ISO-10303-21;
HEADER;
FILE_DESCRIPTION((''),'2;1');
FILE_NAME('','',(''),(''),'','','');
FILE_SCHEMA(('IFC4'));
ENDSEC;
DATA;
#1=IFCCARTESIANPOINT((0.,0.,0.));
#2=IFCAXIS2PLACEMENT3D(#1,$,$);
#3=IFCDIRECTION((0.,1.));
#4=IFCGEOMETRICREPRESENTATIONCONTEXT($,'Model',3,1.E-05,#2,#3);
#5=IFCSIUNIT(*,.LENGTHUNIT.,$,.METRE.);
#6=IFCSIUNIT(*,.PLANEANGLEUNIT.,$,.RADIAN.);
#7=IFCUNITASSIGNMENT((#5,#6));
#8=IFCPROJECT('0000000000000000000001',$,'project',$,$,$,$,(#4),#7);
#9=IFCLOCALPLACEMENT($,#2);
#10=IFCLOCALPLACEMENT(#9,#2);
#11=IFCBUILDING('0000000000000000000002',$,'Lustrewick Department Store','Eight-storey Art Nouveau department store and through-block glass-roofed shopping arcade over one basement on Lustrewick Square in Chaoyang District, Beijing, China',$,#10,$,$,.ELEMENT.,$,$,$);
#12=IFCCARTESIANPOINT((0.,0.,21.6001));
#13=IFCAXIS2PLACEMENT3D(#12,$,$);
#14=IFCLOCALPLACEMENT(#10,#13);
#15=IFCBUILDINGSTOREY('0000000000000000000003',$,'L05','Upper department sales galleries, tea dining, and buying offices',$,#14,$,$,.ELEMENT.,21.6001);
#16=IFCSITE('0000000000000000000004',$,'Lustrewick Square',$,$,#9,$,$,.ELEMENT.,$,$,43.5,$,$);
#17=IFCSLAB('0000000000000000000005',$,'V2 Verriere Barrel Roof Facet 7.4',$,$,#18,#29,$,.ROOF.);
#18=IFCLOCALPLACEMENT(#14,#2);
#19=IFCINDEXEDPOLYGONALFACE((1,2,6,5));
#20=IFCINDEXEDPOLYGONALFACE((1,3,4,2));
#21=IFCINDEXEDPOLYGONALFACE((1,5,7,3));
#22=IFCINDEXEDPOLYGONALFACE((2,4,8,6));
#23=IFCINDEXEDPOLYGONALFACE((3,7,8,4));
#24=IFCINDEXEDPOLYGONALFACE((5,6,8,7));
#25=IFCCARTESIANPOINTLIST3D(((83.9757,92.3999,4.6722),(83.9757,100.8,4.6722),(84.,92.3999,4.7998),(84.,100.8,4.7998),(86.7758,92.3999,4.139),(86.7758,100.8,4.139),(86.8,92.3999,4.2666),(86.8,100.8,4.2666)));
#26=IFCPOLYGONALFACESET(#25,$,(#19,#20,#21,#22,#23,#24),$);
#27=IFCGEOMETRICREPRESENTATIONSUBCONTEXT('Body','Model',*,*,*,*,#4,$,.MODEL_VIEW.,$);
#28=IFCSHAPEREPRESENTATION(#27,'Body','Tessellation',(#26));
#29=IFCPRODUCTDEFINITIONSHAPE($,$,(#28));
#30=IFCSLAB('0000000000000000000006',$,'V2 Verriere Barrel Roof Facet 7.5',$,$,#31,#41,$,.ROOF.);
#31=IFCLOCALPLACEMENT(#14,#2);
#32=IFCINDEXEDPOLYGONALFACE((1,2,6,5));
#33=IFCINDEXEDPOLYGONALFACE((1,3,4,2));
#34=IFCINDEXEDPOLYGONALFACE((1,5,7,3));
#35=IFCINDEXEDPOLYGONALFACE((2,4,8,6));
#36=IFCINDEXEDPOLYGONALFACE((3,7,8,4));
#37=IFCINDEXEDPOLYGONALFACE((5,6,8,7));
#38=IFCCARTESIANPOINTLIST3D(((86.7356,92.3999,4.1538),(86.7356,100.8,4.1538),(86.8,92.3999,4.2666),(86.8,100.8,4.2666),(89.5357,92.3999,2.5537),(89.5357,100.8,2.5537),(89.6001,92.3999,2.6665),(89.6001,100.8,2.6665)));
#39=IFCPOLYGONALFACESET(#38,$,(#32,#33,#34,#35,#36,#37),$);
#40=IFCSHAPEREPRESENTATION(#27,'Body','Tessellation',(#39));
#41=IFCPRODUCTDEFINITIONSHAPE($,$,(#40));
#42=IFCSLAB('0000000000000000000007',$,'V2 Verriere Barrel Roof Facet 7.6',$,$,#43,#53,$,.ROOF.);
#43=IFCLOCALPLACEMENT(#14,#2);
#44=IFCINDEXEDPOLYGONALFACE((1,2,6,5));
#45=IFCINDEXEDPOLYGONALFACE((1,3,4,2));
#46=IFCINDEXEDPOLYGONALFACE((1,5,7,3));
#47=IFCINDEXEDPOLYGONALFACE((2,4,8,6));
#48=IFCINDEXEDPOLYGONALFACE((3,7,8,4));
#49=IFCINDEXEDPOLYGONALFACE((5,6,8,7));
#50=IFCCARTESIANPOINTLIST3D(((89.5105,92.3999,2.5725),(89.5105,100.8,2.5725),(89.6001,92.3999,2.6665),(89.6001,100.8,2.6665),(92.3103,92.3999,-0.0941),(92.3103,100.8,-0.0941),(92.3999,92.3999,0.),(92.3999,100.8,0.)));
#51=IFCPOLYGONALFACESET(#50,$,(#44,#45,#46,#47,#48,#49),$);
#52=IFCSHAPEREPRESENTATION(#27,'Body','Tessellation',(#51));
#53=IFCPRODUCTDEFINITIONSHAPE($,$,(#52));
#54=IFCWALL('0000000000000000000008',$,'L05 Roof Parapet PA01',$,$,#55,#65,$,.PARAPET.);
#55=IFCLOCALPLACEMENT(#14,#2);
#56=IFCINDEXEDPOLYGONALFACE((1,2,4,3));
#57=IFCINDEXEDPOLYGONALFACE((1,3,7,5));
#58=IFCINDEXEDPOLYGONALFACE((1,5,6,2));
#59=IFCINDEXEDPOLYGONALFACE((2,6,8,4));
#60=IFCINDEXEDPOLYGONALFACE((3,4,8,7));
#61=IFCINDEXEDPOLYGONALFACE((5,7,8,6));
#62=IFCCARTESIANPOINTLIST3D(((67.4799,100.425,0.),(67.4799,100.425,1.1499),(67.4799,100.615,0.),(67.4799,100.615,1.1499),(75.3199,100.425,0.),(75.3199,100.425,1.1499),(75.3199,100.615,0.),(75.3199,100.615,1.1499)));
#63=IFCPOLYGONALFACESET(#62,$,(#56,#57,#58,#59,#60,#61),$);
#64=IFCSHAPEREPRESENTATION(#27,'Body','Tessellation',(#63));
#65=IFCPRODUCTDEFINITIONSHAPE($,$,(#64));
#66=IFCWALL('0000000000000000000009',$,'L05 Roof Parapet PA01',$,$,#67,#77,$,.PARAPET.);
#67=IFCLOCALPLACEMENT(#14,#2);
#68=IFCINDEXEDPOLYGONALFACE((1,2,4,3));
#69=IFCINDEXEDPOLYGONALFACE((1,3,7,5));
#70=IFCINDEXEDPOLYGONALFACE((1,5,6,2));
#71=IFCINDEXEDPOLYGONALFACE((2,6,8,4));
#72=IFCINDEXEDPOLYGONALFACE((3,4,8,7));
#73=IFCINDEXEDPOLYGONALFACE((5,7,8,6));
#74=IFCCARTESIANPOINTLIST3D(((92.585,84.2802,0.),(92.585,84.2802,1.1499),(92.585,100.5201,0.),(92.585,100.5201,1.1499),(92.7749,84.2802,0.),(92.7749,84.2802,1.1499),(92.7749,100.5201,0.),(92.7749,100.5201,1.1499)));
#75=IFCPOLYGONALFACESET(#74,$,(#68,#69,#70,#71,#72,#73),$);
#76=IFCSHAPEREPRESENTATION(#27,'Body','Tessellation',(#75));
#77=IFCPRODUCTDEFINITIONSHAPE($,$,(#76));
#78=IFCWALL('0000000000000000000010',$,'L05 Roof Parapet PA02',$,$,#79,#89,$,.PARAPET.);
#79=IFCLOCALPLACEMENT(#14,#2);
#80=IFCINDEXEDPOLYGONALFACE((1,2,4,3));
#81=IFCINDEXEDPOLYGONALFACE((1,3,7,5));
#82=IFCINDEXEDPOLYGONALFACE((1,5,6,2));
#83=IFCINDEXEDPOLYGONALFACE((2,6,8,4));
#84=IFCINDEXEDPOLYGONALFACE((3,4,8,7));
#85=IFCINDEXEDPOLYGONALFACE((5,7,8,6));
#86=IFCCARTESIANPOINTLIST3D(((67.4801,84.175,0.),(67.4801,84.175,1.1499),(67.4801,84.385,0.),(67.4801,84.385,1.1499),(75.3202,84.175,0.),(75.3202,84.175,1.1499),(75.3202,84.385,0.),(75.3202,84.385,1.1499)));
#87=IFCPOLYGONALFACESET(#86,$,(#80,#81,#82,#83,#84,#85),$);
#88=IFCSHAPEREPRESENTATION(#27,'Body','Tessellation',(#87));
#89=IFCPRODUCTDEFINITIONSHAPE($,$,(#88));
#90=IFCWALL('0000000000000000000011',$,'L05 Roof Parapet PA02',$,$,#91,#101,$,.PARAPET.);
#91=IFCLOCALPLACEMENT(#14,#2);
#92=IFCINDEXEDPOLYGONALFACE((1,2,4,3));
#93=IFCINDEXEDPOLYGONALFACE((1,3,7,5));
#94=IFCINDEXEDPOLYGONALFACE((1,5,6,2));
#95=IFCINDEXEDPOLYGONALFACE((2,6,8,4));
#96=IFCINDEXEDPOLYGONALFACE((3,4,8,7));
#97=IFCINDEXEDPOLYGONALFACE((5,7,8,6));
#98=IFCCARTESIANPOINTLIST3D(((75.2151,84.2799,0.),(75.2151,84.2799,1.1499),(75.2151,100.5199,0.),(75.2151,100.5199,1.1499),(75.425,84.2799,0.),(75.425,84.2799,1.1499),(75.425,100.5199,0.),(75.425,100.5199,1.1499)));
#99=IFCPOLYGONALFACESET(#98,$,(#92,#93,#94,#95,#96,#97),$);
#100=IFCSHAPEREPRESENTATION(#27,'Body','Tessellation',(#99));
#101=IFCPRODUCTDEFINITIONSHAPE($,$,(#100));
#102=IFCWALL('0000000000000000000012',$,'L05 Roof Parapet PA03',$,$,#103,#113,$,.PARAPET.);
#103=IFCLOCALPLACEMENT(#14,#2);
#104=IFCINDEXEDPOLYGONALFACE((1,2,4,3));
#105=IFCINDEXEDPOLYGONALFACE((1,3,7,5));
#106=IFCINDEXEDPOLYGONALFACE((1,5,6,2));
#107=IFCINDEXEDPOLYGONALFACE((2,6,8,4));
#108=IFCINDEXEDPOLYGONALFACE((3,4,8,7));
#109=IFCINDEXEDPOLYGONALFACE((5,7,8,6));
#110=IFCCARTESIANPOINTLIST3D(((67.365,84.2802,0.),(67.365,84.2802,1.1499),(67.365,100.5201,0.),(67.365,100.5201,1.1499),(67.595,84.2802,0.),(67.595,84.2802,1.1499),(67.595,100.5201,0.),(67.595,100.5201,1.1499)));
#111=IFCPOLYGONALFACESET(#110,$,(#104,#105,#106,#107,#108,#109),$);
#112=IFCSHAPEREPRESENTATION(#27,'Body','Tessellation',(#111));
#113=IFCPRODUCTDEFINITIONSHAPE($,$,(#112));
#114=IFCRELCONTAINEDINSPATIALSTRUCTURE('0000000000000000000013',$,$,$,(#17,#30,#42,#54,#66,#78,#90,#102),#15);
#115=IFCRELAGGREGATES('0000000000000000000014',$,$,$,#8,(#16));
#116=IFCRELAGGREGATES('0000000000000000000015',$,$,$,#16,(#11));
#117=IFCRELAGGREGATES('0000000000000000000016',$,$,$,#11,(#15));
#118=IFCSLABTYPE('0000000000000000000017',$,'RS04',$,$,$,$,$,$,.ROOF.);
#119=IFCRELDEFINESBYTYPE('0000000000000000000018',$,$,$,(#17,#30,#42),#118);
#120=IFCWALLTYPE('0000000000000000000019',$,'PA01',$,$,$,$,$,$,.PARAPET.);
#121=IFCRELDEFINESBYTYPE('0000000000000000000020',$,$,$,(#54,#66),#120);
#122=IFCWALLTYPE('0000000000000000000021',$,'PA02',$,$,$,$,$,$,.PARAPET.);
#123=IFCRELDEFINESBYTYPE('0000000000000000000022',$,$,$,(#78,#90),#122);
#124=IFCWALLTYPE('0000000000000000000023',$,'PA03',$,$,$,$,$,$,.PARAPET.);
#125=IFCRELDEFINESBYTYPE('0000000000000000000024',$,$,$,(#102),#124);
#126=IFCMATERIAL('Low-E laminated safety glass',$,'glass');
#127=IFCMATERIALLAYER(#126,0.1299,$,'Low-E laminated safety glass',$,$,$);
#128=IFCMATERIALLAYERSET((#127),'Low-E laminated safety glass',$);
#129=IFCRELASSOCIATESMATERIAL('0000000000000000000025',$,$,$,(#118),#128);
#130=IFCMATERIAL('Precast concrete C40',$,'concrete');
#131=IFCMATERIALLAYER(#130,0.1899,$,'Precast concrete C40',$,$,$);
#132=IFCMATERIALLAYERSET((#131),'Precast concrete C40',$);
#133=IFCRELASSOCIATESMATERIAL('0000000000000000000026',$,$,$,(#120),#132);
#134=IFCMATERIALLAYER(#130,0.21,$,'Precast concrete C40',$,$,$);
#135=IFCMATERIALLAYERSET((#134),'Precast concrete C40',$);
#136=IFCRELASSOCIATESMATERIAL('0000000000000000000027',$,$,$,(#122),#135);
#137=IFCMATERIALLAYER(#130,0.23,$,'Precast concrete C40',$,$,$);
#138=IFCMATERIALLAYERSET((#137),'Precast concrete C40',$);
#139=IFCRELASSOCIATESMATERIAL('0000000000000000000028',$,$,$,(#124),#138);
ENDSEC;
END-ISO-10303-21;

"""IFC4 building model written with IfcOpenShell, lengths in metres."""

from ifc_helpers import new_model, si_unit, direction, frame, frame_2d, origin, place, context, subcontext, project, spatial, polyline, rectangle, outline, extrude, material, layer, layer_set, type_object, element, save


model = new_model("IFC4")

# Units and contexts
model_context = context("Model", 3, precision=1e-05, world=origin(), true_north=direction((0.0, 1.0)))
body_context = subcontext(model_context, "Body", "Model", "MODEL_VIEW")
ifc_project = project(units=[si_unit("LENGTHUNIT", "METRE"), si_unit("PLANEANGLEUNIT", "RADIAN")], contexts=[model_context])

# Site, building, storey
site_placement = place(None, origin())
site = spatial("IfcSite", under=ifc_project, at=site_placement, Name="Lustrewick Square", CompositionType="ELEMENT", RefElevation=43.5)
building_placement = place(site_placement, origin())
building = spatial("IfcBuilding", under=site, at=building_placement, Name="Lustrewick Department Store", Description="Eight-storey Art Nouveau department store and through-block glass-roofed shopping arcade over one basement on Lustrewick Square in Chaoyang District, Beijing, China", CompositionType="ELEMENT")
storey_placement = place(building_placement, frame((0.0, 0.0, 21.6001)))
storey = spatial("IfcBuildingStorey", under=building, at=storey_placement, Name="L05", Description="Upper department sales galleries, tea dining, and buying offices", CompositionType="ELEMENT", Elevation=21.6001)

# Slabs
ifc_material_1 = material(Name="Low-E laminated safety glass", Category="glass")
ifc_layer_1 = layer(ifc_material_1, 0.1299, Name="Low-E laminated safety glass")
ifc_layer_set_1 = layer_set([ifc_layer_1], Name="Low-E laminated safety glass")
slab_type = type_object("IfcSlabType", Name="RS04", PredefinedType="ROOF", material=ifc_layer_set_1)
for number, where, z_axis, x_axis, name in (
    (1, (84.0, 92.3999, 4.7998), (0.187065, 0.0, 0.982348), (0.982348, 0.0, -0.187065), "V2 Verriere Barrel Roof Facet 7.4"),
):
    element("IfcSlab", number, at=place(storey_placement, frame(where, z_axis=z_axis, x_axis=x_axis)), inside=storey, type_object=slab_type, Name=name, PredefinedType="ROOF", context=body_context, shape_type="SweptSolid", body=[
        extrude(outline(polyline([(0.0, 0.0), (2.8504, 0.0), (2.8504, 8.4001), (0.0, 8.4001), (0.0, 0.0)])), origin(), (0.0, 0.0, -1.0), 0.1299),
    ])
slab_1_placement = place(storey_placement, frame((86.8, 92.3999, 4.2666), z_axis=(0.496155, 0.0, 0.868234), x_axis=(0.868234, 0.0, -0.496155)))
element("IfcSlab", 2, at=slab_1_placement, inside=storey, type_object=slab_type, Name="V2 Verriere Barrel Roof Facet 7.5", PredefinedType="ROOF", context=body_context, shape_type="SweptSolid", body=[
    extrude(outline(polyline([(0.0, 0.0), (3.225, 0.0), (3.225, 8.4001), (0.0, 8.4001), (0.0, 0.0)])), origin(), (0.0, 0.0, -1.0), 0.1299),
])
slab_2_placement = place(storey_placement, frame((89.6001, 92.3999, 2.6665), z_axis=(0.689658, 0.0, 0.724135), x_axis=(0.724135, 0.0, -0.689658)))
element("IfcSlab", 3, at=slab_2_placement, inside=storey, type_object=slab_type, Name="V2 Verriere Barrel Roof Facet 7.6", PredefinedType="ROOF", context=body_context, shape_type="SweptSolid", body=[
    extrude(outline(polyline([(0.0, 0.0), (3.8664, 0.0), (3.8664, 8.4001), (0.0, 8.4001), (0.0, 0.0)])), origin(), (0.0, 0.0, -1.0), 0.1299),
])

# Walls
ifc_material_2 = material(Name="Precast concrete C40", Category="concrete")
ifc_layer_2 = layer(ifc_material_2, 0.1899, Name="Precast concrete C40")
ifc_layer_set_2 = layer_set([ifc_layer_2], Name="Precast concrete C40")
wall_type_1 = type_object("IfcWallType", Name="PA01", PredefinedType="PARAPET", material=ifc_layer_set_2)
wall_1_placement = place(storey_placement, frame((67.48, 100.52, 0.0), z_axis=(0.0, 0.0, 1.0), x_axis=(1.0, 0.0, 0.0)))
element("IfcWall", 4, at=wall_1_placement, inside=storey, type_object=wall_type_1, Name="L05 Roof Parapet PA01", PredefinedType="PARAPET", context=body_context, shape_type="SweptSolid", body=[
    extrude(rectangle(XDim=7.8401, YDim=0.1899, at=frame_2d((3.9199, 0.0))), origin(), (0.0, 0.0, 1.0), 1.1499),
])
wall_2_placement = place(storey_placement, frame((92.6799, 84.28, 0.0), z_axis=(0.0, 0.0, 1.0), x_axis=(0.0, 1.0, 0.0)))
element("IfcWall", 5, at=wall_2_placement, inside=storey, type_object=wall_type_1, Name="L05 Roof Parapet PA01", PredefinedType="PARAPET", context=body_context, shape_type="SweptSolid", body=[
    extrude(rectangle(XDim=16.24, YDim=0.1899, at=frame_2d((8.1201, 0.0))), origin(), (0.0, 0.0, 1.0), 1.1499),
])
ifc_layer_3 = layer(ifc_material_2, 0.21, Name="Precast concrete C40")
ifc_layer_set_3 = layer_set([ifc_layer_3], Name="Precast concrete C40")
wall_type_2 = type_object("IfcWallType", Name="PA02", PredefinedType="PARAPET", material=ifc_layer_set_3)
wall_3_placement = place(storey_placement, frame((75.3201, 84.28, 0.0), z_axis=(0.0, 0.0, 1.0), x_axis=(-1.0, 0.0, 0.0)))
element("IfcWall", 6, at=wall_3_placement, inside=storey, type_object=wall_type_2, Name="L05 Roof Parapet PA02", PredefinedType="PARAPET", context=body_context, shape_type="SweptSolid", body=[
    extrude(rectangle(XDim=7.8401, YDim=0.21, at=frame_2d((3.9199, 0.0))), origin(), (0.0, 0.0, 1.0), 1.1499),
])
wall_4_placement = place(storey_placement, frame((75.3201, 100.52, 0.0), z_axis=(0.0, 0.0, 1.0), x_axis=(0.0, -1.0, 0.0)))
element("IfcWall", 7, at=wall_4_placement, inside=storey, type_object=wall_type_2, Name="L05 Roof Parapet PA02", PredefinedType="PARAPET", context=body_context, shape_type="SweptSolid", body=[
    extrude(rectangle(XDim=16.24, YDim=0.21, at=frame_2d((8.1201, 0.0))), origin(), (0.0, 0.0, 1.0), 1.1499),
])
ifc_layer_4 = layer(ifc_material_2, 0.23, Name="Precast concrete C40")
ifc_layer_set_4 = layer_set([ifc_layer_4], Name="Precast concrete C40")
wall_type_3 = type_object("IfcWallType", Name="PA03", PredefinedType="PARAPET", material=ifc_layer_set_4)
wall_5_placement = place(storey_placement, frame((67.48, 84.28, 0.0), z_axis=(0.0, 0.0, 1.0), x_axis=(0.0, 1.0, 0.0)))
element("IfcWall", 8, at=wall_5_placement, inside=storey, type_object=wall_type_3, Name="L05 Roof Parapet PA03", PredefinedType="PARAPET", context=body_context, shape_type="SweptSolid", body=[
    extrude(rectangle(XDim=16.24, YDim=0.23, at=frame_2d((8.1201, 0.0))), origin(), (0.0, 0.0, 1.0), 1.1499),
])

save(model, "model.ifc")
